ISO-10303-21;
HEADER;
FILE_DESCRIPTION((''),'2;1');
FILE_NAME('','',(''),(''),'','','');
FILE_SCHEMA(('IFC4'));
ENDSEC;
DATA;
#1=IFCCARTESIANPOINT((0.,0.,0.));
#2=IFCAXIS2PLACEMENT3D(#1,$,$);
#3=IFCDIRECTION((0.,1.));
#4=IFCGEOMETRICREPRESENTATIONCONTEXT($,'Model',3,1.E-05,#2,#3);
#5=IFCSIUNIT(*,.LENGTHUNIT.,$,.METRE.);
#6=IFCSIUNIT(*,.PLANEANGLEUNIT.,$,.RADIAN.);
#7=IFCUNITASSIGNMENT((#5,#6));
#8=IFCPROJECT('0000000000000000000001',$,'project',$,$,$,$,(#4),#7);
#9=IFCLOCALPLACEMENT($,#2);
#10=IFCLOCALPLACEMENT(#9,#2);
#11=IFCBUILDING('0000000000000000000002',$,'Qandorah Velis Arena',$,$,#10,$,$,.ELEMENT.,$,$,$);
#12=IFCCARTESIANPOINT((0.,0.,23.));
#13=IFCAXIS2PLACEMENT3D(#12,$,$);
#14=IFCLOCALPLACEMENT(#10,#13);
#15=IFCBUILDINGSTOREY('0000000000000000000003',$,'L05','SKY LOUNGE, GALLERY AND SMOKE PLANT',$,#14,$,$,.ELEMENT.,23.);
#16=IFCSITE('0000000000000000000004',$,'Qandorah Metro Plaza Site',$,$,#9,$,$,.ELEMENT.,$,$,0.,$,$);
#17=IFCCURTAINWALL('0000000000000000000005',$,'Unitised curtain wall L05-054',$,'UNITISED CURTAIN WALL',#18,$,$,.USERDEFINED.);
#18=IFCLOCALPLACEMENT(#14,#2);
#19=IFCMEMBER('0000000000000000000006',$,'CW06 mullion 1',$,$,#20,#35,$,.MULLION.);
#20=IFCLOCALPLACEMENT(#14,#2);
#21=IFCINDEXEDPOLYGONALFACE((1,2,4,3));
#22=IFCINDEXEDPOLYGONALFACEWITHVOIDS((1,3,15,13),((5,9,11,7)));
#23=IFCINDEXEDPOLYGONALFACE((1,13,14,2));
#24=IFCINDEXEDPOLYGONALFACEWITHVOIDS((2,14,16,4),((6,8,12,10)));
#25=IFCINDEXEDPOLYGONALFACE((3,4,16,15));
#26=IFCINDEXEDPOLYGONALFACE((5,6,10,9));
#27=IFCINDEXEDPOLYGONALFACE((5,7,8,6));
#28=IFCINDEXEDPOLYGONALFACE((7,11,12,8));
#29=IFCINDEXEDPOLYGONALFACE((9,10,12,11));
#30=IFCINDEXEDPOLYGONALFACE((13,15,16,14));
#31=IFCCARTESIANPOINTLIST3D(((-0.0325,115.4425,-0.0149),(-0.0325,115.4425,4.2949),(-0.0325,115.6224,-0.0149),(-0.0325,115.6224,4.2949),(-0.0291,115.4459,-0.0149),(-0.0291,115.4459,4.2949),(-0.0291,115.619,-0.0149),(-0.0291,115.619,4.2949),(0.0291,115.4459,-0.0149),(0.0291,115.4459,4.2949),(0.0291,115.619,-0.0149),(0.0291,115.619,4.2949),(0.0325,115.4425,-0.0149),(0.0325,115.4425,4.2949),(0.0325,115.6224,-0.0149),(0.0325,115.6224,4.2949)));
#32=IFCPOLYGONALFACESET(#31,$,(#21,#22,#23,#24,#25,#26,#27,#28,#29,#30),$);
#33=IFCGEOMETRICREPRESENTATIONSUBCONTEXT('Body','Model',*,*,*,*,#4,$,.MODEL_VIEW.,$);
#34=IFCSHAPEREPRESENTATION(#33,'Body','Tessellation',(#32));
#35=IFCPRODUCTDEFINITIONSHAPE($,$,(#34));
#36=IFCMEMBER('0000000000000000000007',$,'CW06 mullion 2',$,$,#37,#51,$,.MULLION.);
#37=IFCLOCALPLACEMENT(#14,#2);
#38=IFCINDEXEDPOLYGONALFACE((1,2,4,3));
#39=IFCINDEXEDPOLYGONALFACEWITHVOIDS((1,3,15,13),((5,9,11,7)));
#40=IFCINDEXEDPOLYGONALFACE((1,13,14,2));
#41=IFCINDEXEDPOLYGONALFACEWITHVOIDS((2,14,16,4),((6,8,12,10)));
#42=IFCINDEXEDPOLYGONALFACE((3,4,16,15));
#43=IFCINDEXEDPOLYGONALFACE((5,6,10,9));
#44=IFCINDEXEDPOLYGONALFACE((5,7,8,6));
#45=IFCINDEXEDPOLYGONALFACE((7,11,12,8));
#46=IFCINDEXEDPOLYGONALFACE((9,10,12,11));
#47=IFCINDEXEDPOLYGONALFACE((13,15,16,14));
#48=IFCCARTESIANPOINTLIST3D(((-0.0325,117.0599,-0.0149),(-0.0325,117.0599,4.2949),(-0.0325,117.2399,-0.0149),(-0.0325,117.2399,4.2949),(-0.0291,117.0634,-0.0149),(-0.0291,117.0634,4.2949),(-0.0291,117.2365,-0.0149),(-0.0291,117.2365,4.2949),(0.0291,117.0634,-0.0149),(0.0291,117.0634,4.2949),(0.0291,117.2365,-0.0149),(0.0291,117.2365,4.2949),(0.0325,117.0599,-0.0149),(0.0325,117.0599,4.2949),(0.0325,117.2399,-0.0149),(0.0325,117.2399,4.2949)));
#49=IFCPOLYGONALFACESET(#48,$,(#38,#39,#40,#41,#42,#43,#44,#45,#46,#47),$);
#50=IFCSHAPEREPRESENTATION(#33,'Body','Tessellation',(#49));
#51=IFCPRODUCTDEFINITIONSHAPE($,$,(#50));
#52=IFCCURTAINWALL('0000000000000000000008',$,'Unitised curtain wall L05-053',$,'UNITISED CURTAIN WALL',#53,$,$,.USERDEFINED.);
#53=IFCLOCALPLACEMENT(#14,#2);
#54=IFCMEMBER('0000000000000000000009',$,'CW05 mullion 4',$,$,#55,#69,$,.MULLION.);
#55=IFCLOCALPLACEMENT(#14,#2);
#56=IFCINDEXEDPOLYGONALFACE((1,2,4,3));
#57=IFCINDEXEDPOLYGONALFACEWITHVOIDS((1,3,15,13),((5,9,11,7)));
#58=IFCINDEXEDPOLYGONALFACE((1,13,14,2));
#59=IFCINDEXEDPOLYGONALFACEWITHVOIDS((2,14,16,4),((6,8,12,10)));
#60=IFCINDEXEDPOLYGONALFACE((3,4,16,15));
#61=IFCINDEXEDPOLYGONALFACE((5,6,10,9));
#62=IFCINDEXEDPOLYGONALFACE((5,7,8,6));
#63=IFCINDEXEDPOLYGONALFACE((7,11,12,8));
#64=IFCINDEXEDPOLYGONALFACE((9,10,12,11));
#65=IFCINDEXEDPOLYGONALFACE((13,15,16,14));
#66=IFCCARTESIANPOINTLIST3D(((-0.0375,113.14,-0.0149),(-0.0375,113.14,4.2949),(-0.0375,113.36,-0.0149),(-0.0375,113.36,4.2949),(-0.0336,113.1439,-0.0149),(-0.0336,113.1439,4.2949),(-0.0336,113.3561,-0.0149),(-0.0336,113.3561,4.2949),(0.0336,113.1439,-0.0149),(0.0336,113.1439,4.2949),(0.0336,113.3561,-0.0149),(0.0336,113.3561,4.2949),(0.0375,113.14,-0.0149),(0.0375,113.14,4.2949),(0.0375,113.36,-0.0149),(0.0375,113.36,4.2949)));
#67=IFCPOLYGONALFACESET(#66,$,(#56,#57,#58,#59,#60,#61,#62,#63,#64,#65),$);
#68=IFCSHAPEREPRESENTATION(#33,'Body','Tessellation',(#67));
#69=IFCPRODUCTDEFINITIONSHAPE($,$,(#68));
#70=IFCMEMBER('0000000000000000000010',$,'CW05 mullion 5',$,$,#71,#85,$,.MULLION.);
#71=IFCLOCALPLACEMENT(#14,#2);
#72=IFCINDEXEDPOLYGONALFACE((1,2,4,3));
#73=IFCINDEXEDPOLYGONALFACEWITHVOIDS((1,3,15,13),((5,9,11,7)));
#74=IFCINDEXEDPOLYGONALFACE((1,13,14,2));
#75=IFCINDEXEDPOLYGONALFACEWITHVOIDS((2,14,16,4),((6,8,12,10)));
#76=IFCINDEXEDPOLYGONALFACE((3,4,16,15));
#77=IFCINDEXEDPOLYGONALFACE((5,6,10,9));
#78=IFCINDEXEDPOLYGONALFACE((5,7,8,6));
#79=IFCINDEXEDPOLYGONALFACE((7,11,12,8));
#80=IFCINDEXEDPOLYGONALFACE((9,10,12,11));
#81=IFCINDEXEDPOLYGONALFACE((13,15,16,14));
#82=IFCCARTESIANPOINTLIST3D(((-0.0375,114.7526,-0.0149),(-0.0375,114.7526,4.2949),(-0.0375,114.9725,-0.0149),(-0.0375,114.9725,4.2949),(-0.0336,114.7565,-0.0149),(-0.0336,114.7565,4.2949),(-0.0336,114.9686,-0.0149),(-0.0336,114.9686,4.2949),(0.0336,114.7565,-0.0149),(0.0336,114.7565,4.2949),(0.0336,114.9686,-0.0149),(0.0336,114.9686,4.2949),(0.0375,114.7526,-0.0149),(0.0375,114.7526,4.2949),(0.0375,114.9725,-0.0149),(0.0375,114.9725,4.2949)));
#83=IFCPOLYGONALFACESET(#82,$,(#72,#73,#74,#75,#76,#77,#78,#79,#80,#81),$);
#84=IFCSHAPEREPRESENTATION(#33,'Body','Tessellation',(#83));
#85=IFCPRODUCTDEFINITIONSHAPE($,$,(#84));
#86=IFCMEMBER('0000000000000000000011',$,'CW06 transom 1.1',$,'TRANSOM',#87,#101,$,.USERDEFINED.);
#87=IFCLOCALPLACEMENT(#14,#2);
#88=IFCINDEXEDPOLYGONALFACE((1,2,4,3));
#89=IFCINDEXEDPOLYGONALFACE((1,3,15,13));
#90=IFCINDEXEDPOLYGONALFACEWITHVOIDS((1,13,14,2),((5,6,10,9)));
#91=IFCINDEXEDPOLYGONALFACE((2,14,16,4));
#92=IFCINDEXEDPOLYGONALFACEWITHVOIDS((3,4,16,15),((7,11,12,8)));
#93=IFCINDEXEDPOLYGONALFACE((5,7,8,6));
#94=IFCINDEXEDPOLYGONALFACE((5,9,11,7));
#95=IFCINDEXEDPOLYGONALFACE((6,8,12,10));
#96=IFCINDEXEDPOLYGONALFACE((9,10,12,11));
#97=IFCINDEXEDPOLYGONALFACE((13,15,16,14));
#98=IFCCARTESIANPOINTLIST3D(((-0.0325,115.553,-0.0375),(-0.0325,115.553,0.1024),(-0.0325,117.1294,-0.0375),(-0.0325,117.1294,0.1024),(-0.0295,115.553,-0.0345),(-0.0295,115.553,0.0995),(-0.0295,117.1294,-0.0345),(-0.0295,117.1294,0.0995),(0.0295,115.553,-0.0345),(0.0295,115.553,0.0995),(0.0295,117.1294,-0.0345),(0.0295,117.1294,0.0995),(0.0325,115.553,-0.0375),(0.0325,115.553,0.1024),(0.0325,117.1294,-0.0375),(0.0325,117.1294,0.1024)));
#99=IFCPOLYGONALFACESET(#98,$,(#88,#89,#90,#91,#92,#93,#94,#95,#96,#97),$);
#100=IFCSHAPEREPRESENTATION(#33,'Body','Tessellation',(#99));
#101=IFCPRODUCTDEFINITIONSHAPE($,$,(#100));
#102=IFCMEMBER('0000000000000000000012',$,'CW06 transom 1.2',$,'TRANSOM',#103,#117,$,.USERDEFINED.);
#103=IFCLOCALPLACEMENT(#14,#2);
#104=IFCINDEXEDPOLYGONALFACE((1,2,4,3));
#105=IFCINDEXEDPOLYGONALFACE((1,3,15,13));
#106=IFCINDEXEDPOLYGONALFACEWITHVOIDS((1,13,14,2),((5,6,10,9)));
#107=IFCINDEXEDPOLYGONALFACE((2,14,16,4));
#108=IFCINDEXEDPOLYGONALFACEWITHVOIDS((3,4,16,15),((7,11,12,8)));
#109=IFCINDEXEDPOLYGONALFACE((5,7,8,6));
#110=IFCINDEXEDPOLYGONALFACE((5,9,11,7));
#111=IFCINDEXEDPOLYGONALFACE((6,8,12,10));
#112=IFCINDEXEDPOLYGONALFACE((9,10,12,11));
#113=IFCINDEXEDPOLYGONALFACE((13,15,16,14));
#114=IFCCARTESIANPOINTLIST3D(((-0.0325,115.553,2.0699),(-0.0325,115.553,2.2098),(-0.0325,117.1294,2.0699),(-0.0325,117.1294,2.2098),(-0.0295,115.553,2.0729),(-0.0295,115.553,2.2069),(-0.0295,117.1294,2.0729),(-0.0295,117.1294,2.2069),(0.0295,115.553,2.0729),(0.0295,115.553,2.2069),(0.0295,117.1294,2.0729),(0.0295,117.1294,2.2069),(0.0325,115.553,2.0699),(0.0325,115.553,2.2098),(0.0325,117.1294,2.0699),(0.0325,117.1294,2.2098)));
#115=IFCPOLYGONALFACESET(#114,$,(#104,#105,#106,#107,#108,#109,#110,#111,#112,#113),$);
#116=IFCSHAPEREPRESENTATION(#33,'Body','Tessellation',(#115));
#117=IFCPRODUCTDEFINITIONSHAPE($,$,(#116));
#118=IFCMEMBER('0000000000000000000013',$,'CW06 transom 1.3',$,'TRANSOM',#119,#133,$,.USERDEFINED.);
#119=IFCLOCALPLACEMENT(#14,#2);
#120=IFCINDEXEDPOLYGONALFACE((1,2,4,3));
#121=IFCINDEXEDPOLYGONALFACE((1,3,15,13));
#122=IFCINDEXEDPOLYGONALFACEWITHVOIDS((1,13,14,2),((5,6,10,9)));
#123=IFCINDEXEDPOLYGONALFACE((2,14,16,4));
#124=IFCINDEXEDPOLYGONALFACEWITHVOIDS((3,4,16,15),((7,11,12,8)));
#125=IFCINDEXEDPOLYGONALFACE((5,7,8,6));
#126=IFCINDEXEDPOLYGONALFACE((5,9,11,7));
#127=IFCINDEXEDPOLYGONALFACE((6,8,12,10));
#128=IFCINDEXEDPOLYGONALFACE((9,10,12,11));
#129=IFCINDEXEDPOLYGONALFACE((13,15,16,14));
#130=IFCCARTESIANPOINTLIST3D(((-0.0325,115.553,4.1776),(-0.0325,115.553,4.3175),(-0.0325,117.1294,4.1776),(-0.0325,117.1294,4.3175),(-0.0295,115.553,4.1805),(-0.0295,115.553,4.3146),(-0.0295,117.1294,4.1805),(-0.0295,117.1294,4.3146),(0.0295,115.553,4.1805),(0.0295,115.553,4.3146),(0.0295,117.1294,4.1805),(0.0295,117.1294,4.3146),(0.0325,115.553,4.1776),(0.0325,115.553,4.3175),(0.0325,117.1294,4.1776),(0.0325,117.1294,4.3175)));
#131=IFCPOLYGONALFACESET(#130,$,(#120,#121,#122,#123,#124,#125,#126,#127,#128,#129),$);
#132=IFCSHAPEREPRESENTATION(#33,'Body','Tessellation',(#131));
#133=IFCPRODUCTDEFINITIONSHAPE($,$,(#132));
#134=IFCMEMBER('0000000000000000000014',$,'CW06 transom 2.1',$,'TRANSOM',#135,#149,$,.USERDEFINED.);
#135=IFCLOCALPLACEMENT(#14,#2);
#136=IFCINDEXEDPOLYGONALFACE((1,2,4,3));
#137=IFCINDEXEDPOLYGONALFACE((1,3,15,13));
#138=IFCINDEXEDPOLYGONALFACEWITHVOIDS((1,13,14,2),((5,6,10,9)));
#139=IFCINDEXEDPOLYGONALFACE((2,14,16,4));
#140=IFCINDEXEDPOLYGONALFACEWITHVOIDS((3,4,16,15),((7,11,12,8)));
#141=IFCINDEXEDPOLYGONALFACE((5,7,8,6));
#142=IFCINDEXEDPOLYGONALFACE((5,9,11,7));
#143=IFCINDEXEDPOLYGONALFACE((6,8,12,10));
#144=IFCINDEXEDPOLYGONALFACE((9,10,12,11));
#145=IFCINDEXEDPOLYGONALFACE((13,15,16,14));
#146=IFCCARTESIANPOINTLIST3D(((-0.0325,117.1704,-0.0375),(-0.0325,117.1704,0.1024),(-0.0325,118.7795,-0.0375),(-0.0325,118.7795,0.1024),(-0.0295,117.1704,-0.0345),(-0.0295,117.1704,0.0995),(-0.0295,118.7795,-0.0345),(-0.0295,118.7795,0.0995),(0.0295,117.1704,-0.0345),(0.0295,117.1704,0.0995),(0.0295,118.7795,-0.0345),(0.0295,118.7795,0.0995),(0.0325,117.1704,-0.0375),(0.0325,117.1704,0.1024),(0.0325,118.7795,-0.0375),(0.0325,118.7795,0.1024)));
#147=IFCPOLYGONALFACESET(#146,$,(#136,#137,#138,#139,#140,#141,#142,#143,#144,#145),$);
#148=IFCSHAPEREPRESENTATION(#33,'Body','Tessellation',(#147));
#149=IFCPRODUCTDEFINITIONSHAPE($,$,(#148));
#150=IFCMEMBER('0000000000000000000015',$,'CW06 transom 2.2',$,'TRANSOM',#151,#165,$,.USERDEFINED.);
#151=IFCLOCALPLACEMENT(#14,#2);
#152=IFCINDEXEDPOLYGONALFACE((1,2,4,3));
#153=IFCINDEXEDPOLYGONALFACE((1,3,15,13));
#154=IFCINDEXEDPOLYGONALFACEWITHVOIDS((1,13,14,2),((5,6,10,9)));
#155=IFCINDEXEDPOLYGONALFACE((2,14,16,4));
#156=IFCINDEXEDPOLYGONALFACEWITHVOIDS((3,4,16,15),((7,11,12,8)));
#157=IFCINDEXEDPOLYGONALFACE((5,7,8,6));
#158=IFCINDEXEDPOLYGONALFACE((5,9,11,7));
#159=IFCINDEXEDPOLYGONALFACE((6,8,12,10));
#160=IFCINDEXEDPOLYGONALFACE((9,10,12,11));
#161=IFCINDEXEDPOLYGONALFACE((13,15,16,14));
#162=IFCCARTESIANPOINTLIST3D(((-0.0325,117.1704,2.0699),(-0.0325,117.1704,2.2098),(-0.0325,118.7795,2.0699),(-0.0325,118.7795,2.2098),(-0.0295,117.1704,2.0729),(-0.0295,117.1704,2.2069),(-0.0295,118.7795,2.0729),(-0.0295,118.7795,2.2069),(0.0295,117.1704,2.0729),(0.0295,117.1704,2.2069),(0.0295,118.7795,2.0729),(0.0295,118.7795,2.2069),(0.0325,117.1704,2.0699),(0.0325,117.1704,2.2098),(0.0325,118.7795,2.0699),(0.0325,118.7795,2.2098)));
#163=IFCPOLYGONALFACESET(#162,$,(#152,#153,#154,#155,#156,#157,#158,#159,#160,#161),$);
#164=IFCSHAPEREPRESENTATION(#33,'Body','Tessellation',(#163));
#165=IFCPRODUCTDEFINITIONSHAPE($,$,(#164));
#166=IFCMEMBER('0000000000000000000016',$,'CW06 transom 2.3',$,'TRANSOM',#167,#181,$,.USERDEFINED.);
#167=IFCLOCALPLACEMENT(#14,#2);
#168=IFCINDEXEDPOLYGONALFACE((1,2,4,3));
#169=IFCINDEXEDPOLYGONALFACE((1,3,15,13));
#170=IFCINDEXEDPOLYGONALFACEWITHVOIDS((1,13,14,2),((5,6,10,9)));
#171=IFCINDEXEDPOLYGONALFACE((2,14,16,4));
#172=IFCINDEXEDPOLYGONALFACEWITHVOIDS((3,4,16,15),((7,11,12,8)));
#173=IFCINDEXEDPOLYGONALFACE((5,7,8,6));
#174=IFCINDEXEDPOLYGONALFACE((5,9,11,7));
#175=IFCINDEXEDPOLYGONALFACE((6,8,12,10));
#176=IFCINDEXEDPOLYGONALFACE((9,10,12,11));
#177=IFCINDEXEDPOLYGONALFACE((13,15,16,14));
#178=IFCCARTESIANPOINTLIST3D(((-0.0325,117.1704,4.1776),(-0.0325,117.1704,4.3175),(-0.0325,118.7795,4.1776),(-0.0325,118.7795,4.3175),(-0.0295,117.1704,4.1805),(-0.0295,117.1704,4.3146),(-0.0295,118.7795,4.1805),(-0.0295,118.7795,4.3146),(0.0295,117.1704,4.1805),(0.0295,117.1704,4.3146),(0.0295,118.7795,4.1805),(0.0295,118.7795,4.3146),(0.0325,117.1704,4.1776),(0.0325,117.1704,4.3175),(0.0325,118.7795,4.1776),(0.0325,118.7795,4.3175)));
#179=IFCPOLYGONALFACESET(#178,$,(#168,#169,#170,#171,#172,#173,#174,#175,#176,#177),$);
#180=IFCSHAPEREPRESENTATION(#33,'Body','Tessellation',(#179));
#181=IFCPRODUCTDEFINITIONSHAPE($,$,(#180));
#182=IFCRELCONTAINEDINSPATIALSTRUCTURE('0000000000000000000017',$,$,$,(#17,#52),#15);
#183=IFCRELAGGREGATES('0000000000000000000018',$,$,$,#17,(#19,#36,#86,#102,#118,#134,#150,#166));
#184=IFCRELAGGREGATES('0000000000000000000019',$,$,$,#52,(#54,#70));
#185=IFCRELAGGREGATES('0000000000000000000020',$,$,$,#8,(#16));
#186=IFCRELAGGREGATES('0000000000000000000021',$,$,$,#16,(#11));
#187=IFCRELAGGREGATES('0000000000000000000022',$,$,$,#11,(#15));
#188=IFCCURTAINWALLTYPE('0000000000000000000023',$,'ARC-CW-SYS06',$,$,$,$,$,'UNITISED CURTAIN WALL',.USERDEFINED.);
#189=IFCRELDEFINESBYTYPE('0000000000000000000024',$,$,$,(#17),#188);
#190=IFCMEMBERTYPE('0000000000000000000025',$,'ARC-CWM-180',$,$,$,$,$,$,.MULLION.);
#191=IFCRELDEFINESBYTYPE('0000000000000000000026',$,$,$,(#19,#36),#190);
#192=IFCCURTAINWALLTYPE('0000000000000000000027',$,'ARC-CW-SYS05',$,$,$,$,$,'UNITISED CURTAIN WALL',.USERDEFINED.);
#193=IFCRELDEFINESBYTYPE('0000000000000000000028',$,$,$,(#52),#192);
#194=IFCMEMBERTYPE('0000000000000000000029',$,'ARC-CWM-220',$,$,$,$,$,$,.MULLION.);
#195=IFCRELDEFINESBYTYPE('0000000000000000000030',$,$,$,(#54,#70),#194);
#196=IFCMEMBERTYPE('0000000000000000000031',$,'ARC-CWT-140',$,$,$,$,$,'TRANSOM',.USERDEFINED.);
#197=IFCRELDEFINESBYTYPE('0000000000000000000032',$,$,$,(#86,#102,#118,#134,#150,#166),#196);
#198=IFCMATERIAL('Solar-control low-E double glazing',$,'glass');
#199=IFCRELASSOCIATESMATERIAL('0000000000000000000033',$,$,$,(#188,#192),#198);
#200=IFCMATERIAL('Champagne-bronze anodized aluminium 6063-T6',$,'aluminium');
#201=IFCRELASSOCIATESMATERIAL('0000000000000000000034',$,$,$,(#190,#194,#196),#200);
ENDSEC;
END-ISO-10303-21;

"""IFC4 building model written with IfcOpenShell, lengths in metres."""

from ifc_helpers import new_model, si_unit, direction, frame, origin, origin_2d, place, context, subcontext, project, spatial, hollow_rectangle, extrude, material, material_profile, profile_set, type_object, element, aggregate, save


model = new_model("IFC4")

# Units and contexts
model_context = context("Model", 3, precision=1e-05, world=origin(), true_north=direction((0.0, 1.0)))
body_context = subcontext(model_context, "Body", "Model", "MODEL_VIEW")
ifc_project = project(units=[si_unit("LENGTHUNIT", "METRE"), si_unit("PLANEANGLEUNIT", "RADIAN")], contexts=[model_context])

# Site, building, storey
site_placement = place(None, origin())
site = spatial("IfcSite", under=ifc_project, at=site_placement, Name="Qandorah Metro Plaza Site", CompositionType="ELEMENT", RefElevation=0.0)
building_placement = place(site_placement, origin())
building = spatial("IfcBuilding", under=site, at=building_placement, Name="Qandorah Velis Arena", CompositionType="ELEMENT")
storey_placement = place(building_placement, frame((0.0, 0.0, 23.0)))
storey = spatial("IfcBuildingStorey", under=building, at=storey_placement, Name="L05", Description="SKY LOUNGE, GALLERY AND SMOKE PLANT", CompositionType="ELEMENT", Elevation=23.0)

# Curtain walls, members
ifc_material_1 = material(Name="Solar-control low-E double glazing", Category="glass")
curtain_wall_type_1 = type_object("IfcCurtainWallType", Name="ARC-CW-SYS06", ElementType="UNITISED CURTAIN WALL", PredefinedType="USERDEFINED", material=ifc_material_1)
curtain_wall_1_placement = place(storey_placement, origin())
curtain_wall_1 = element("IfcCurtainWall", 1, at=curtain_wall_1_placement, inside=storey, type_object=curtain_wall_type_1, Name="Unitised curtain wall L05-054", ObjectType="UNITISED CURTAIN WALL", PredefinedType="USERDEFINED")
ifc_material_2 = material(Name="Champagne-bronze anodized aluminium 6063-T6", Category="aluminium")
ifc_material_profile_1 = material_profile(ifc_material_2, hollow_rectangle(XDim=0.0649, YDim=0.1799, WallThickness=0.0034, at=origin_2d()), Name="ALU MULLION 65x180")
ifc_profile_set_1 = profile_set([ifc_material_profile_1], Name="Champagne-bronze anodized aluminium 6063-T6")
member_type_1 = type_object("IfcMemberType", Name="ARC-CWM-180", PredefinedType="MULLION", material=ifc_profile_set_1)
member_1_placement = place(storey_placement, frame((0.0, 115.5325, -0.0149), z_axis=(0.0, 0.0, 1.0), x_axis=(-1.0, 0.0, 0.0)))
member_1 = element("IfcMember", 2, at=member_1_placement, type_object=member_type_1, Name="CW06 mullion 1", PredefinedType="MULLION", context=body_context, shape_type="SweptSolid", body=[
    extrude(hollow_rectangle(XDim=0.0649, YDim=0.1799, WallThickness=0.0034, at=origin_2d()), origin(), (0.0, 0.0, 1.0), 4.3098),
])
member_2_placement = place(storey_placement, frame((0.0, 117.1499, -0.0149), z_axis=(0.0, 0.0, 1.0), x_axis=(-1.0, 0.0, 0.0)))
member_2 = element("IfcMember", 3, at=member_2_placement, type_object=member_type_1, Name="CW06 mullion 2", PredefinedType="MULLION", context=body_context, shape_type="SweptSolid", body=[
    extrude(hollow_rectangle(XDim=0.0649, YDim=0.1799, WallThickness=0.0034, at=origin_2d()), origin(), (0.0, 0.0, 1.0), 4.3098),
])
curtain_wall_type_2 = type_object("IfcCurtainWallType", Name="ARC-CW-SYS05", ElementType="UNITISED CURTAIN WALL", PredefinedType="USERDEFINED", material=ifc_material_1)
curtain_wall_2_placement = place(storey_placement, origin())
curtain_wall_2 = element("IfcCurtainWall", 4, at=curtain_wall_2_placement, inside=storey, type_object=curtain_wall_type_2, Name="Unitised curtain wall L05-053", ObjectType="UNITISED CURTAIN WALL", PredefinedType="USERDEFINED")
ifc_material_profile_2 = material_profile(ifc_material_2, hollow_rectangle(XDim=0.075, YDim=0.22, WallThickness=0.0039, at=origin_2d()), Name="ALU MULLION 75x220")
ifc_profile_set_2 = profile_set([ifc_material_profile_2], Name="Champagne-bronze anodized aluminium 6063-T6")
member_type_2 = type_object("IfcMemberType", Name="ARC-CWM-220", PredefinedType="MULLION", material=ifc_profile_set_2)
member_3_placement = place(storey_placement, frame((0.0, 113.25, -0.0149), z_axis=(0.0, 0.0, 1.0), x_axis=(-1.0, 0.0, 0.0)))
member_3 = element("IfcMember", 5, at=member_3_placement, type_object=member_type_2, Name="CW05 mullion 4", PredefinedType="MULLION", context=body_context, shape_type="SweptSolid", body=[
    extrude(hollow_rectangle(XDim=0.075, YDim=0.22, WallThickness=0.0039, at=origin_2d()), origin(), (0.0, 0.0, 1.0), 4.3098),
])
member_4_placement = place(storey_placement, frame((0.0, 114.8625, -0.0149), z_axis=(0.0, 0.0, 1.0), x_axis=(-1.0, 0.0, 0.0)))
member_4 = element("IfcMember", 6, at=member_4_placement, type_object=member_type_2, Name="CW05 mullion 5", PredefinedType="MULLION", context=body_context, shape_type="SweptSolid", body=[
    extrude(hollow_rectangle(XDim=0.075, YDim=0.22, WallThickness=0.0039, at=origin_2d()), origin(), (0.0, 0.0, 1.0), 4.3098),
])

# Members
ifc_material_profile_3 = material_profile(ifc_material_2, hollow_rectangle(XDim=0.0649, YDim=0.1399, WallThickness=0.0029, at=origin_2d()), Name="ALU TRANSOM 65x140")
ifc_profile_set_3 = profile_set([ifc_material_profile_3], Name="Champagne-bronze anodized aluminium 6063-T6")
member_type_3 = type_object("IfcMemberType", Name="ARC-CWT-140", ElementType="TRANSOM", PredefinedType="USERDEFINED", material=ifc_profile_set_3)
member_5_placement = place(storey_placement, frame((0.0, 115.553, 0.0325), z_axis=(0.0, 1.0, 0.0), x_axis=(-1.0, 0.0, 0.0)))
member_5 = element("IfcMember", 7, at=member_5_placement, type_object=member_type_3, Name="CW06 transom 1.1", ObjectType="TRANSOM", PredefinedType="USERDEFINED", context=body_context, shape_type="SweptSolid", body=[
    extrude(hollow_rectangle(XDim=0.0649, YDim=0.1399, WallThickness=0.0029, at=origin_2d()), origin(), (0.0, 0.0, 1.0), 1.5764),
])
member_6_placement = place(storey_placement, frame((0.0, 115.553, 2.1399), z_axis=(0.0, 1.0, 0.0), x_axis=(-1.0, 0.0, 0.0)))
member_6 = element("IfcMember", 8, at=member_6_placement, type_object=member_type_3, Name="CW06 transom 1.2", ObjectType="TRANSOM", PredefinedType="USERDEFINED", context=body_context, shape_type="SweptSolid", body=[
    extrude(hollow_rectangle(XDim=0.0649, YDim=0.1399, WallThickness=0.0029, at=origin_2d()), origin(), (0.0, 0.0, 1.0), 1.5764),
])
member_7_placement = place(storey_placement, frame((0.0, 115.553, 4.2476), z_axis=(0.0, 1.0, 0.0), x_axis=(-1.0, 0.0, 0.0)))
member_7 = element("IfcMember", 9, at=member_7_placement, type_object=member_type_3, Name="CW06 transom 1.3", ObjectType="TRANSOM", PredefinedType="USERDEFINED", context=body_context, shape_type="SweptSolid", body=[
    extrude(hollow_rectangle(XDim=0.0649, YDim=0.1399, WallThickness=0.0029, at=origin_2d()), origin(), (0.0, 0.0, 1.0), 1.5764),
])
member_8_placement = place(storey_placement, frame((0.0, 117.1704, 0.0325), z_axis=(0.0, 1.0, 0.0), x_axis=(-1.0, 0.0, 0.0)))
member_8 = element("IfcMember", 10, at=member_8_placement, type_object=member_type_3, Name="CW06 transom 2.1", ObjectType="TRANSOM", PredefinedType="USERDEFINED", context=body_context, shape_type="SweptSolid", body=[
    extrude(hollow_rectangle(XDim=0.0649, YDim=0.1399, WallThickness=0.0029, at=origin_2d()), origin(), (0.0, 0.0, 1.0), 1.6091),
])
member_9_placement = place(storey_placement, frame((0.0, 117.1704, 2.1399), z_axis=(0.0, 1.0, 0.0), x_axis=(-1.0, 0.0, 0.0)))
member_9 = element("IfcMember", 11, at=member_9_placement, type_object=member_type_3, Name="CW06 transom 2.2", ObjectType="TRANSOM", PredefinedType="USERDEFINED", context=body_context, shape_type="SweptSolid", body=[
    extrude(hollow_rectangle(XDim=0.0649, YDim=0.1399, WallThickness=0.0029, at=origin_2d()), origin(), (0.0, 0.0, 1.0), 1.6091),
])
member_10_placement = place(storey_placement, frame((0.0, 117.1704, 4.2476), z_axis=(0.0, 1.0, 0.0), x_axis=(-1.0, 0.0, 0.0)))
member_10 = element("IfcMember", 12, at=member_10_placement, type_object=member_type_3, Name="CW06 transom 2.3", ObjectType="TRANSOM", PredefinedType="USERDEFINED", context=body_context, shape_type="SweptSolid", body=[
    extrude(hollow_rectangle(XDim=0.0649, YDim=0.1399, WallThickness=0.0029, at=origin_2d()), origin(), (0.0, 0.0, 1.0), 1.6091),
])

aggregate(curtain_wall_1, [member_1, member_2, member_5, member_6, member_7, member_8, member_9, member_10])
aggregate(curtain_wall_2, [member_3, member_4])

save(model, "model.ifc")
